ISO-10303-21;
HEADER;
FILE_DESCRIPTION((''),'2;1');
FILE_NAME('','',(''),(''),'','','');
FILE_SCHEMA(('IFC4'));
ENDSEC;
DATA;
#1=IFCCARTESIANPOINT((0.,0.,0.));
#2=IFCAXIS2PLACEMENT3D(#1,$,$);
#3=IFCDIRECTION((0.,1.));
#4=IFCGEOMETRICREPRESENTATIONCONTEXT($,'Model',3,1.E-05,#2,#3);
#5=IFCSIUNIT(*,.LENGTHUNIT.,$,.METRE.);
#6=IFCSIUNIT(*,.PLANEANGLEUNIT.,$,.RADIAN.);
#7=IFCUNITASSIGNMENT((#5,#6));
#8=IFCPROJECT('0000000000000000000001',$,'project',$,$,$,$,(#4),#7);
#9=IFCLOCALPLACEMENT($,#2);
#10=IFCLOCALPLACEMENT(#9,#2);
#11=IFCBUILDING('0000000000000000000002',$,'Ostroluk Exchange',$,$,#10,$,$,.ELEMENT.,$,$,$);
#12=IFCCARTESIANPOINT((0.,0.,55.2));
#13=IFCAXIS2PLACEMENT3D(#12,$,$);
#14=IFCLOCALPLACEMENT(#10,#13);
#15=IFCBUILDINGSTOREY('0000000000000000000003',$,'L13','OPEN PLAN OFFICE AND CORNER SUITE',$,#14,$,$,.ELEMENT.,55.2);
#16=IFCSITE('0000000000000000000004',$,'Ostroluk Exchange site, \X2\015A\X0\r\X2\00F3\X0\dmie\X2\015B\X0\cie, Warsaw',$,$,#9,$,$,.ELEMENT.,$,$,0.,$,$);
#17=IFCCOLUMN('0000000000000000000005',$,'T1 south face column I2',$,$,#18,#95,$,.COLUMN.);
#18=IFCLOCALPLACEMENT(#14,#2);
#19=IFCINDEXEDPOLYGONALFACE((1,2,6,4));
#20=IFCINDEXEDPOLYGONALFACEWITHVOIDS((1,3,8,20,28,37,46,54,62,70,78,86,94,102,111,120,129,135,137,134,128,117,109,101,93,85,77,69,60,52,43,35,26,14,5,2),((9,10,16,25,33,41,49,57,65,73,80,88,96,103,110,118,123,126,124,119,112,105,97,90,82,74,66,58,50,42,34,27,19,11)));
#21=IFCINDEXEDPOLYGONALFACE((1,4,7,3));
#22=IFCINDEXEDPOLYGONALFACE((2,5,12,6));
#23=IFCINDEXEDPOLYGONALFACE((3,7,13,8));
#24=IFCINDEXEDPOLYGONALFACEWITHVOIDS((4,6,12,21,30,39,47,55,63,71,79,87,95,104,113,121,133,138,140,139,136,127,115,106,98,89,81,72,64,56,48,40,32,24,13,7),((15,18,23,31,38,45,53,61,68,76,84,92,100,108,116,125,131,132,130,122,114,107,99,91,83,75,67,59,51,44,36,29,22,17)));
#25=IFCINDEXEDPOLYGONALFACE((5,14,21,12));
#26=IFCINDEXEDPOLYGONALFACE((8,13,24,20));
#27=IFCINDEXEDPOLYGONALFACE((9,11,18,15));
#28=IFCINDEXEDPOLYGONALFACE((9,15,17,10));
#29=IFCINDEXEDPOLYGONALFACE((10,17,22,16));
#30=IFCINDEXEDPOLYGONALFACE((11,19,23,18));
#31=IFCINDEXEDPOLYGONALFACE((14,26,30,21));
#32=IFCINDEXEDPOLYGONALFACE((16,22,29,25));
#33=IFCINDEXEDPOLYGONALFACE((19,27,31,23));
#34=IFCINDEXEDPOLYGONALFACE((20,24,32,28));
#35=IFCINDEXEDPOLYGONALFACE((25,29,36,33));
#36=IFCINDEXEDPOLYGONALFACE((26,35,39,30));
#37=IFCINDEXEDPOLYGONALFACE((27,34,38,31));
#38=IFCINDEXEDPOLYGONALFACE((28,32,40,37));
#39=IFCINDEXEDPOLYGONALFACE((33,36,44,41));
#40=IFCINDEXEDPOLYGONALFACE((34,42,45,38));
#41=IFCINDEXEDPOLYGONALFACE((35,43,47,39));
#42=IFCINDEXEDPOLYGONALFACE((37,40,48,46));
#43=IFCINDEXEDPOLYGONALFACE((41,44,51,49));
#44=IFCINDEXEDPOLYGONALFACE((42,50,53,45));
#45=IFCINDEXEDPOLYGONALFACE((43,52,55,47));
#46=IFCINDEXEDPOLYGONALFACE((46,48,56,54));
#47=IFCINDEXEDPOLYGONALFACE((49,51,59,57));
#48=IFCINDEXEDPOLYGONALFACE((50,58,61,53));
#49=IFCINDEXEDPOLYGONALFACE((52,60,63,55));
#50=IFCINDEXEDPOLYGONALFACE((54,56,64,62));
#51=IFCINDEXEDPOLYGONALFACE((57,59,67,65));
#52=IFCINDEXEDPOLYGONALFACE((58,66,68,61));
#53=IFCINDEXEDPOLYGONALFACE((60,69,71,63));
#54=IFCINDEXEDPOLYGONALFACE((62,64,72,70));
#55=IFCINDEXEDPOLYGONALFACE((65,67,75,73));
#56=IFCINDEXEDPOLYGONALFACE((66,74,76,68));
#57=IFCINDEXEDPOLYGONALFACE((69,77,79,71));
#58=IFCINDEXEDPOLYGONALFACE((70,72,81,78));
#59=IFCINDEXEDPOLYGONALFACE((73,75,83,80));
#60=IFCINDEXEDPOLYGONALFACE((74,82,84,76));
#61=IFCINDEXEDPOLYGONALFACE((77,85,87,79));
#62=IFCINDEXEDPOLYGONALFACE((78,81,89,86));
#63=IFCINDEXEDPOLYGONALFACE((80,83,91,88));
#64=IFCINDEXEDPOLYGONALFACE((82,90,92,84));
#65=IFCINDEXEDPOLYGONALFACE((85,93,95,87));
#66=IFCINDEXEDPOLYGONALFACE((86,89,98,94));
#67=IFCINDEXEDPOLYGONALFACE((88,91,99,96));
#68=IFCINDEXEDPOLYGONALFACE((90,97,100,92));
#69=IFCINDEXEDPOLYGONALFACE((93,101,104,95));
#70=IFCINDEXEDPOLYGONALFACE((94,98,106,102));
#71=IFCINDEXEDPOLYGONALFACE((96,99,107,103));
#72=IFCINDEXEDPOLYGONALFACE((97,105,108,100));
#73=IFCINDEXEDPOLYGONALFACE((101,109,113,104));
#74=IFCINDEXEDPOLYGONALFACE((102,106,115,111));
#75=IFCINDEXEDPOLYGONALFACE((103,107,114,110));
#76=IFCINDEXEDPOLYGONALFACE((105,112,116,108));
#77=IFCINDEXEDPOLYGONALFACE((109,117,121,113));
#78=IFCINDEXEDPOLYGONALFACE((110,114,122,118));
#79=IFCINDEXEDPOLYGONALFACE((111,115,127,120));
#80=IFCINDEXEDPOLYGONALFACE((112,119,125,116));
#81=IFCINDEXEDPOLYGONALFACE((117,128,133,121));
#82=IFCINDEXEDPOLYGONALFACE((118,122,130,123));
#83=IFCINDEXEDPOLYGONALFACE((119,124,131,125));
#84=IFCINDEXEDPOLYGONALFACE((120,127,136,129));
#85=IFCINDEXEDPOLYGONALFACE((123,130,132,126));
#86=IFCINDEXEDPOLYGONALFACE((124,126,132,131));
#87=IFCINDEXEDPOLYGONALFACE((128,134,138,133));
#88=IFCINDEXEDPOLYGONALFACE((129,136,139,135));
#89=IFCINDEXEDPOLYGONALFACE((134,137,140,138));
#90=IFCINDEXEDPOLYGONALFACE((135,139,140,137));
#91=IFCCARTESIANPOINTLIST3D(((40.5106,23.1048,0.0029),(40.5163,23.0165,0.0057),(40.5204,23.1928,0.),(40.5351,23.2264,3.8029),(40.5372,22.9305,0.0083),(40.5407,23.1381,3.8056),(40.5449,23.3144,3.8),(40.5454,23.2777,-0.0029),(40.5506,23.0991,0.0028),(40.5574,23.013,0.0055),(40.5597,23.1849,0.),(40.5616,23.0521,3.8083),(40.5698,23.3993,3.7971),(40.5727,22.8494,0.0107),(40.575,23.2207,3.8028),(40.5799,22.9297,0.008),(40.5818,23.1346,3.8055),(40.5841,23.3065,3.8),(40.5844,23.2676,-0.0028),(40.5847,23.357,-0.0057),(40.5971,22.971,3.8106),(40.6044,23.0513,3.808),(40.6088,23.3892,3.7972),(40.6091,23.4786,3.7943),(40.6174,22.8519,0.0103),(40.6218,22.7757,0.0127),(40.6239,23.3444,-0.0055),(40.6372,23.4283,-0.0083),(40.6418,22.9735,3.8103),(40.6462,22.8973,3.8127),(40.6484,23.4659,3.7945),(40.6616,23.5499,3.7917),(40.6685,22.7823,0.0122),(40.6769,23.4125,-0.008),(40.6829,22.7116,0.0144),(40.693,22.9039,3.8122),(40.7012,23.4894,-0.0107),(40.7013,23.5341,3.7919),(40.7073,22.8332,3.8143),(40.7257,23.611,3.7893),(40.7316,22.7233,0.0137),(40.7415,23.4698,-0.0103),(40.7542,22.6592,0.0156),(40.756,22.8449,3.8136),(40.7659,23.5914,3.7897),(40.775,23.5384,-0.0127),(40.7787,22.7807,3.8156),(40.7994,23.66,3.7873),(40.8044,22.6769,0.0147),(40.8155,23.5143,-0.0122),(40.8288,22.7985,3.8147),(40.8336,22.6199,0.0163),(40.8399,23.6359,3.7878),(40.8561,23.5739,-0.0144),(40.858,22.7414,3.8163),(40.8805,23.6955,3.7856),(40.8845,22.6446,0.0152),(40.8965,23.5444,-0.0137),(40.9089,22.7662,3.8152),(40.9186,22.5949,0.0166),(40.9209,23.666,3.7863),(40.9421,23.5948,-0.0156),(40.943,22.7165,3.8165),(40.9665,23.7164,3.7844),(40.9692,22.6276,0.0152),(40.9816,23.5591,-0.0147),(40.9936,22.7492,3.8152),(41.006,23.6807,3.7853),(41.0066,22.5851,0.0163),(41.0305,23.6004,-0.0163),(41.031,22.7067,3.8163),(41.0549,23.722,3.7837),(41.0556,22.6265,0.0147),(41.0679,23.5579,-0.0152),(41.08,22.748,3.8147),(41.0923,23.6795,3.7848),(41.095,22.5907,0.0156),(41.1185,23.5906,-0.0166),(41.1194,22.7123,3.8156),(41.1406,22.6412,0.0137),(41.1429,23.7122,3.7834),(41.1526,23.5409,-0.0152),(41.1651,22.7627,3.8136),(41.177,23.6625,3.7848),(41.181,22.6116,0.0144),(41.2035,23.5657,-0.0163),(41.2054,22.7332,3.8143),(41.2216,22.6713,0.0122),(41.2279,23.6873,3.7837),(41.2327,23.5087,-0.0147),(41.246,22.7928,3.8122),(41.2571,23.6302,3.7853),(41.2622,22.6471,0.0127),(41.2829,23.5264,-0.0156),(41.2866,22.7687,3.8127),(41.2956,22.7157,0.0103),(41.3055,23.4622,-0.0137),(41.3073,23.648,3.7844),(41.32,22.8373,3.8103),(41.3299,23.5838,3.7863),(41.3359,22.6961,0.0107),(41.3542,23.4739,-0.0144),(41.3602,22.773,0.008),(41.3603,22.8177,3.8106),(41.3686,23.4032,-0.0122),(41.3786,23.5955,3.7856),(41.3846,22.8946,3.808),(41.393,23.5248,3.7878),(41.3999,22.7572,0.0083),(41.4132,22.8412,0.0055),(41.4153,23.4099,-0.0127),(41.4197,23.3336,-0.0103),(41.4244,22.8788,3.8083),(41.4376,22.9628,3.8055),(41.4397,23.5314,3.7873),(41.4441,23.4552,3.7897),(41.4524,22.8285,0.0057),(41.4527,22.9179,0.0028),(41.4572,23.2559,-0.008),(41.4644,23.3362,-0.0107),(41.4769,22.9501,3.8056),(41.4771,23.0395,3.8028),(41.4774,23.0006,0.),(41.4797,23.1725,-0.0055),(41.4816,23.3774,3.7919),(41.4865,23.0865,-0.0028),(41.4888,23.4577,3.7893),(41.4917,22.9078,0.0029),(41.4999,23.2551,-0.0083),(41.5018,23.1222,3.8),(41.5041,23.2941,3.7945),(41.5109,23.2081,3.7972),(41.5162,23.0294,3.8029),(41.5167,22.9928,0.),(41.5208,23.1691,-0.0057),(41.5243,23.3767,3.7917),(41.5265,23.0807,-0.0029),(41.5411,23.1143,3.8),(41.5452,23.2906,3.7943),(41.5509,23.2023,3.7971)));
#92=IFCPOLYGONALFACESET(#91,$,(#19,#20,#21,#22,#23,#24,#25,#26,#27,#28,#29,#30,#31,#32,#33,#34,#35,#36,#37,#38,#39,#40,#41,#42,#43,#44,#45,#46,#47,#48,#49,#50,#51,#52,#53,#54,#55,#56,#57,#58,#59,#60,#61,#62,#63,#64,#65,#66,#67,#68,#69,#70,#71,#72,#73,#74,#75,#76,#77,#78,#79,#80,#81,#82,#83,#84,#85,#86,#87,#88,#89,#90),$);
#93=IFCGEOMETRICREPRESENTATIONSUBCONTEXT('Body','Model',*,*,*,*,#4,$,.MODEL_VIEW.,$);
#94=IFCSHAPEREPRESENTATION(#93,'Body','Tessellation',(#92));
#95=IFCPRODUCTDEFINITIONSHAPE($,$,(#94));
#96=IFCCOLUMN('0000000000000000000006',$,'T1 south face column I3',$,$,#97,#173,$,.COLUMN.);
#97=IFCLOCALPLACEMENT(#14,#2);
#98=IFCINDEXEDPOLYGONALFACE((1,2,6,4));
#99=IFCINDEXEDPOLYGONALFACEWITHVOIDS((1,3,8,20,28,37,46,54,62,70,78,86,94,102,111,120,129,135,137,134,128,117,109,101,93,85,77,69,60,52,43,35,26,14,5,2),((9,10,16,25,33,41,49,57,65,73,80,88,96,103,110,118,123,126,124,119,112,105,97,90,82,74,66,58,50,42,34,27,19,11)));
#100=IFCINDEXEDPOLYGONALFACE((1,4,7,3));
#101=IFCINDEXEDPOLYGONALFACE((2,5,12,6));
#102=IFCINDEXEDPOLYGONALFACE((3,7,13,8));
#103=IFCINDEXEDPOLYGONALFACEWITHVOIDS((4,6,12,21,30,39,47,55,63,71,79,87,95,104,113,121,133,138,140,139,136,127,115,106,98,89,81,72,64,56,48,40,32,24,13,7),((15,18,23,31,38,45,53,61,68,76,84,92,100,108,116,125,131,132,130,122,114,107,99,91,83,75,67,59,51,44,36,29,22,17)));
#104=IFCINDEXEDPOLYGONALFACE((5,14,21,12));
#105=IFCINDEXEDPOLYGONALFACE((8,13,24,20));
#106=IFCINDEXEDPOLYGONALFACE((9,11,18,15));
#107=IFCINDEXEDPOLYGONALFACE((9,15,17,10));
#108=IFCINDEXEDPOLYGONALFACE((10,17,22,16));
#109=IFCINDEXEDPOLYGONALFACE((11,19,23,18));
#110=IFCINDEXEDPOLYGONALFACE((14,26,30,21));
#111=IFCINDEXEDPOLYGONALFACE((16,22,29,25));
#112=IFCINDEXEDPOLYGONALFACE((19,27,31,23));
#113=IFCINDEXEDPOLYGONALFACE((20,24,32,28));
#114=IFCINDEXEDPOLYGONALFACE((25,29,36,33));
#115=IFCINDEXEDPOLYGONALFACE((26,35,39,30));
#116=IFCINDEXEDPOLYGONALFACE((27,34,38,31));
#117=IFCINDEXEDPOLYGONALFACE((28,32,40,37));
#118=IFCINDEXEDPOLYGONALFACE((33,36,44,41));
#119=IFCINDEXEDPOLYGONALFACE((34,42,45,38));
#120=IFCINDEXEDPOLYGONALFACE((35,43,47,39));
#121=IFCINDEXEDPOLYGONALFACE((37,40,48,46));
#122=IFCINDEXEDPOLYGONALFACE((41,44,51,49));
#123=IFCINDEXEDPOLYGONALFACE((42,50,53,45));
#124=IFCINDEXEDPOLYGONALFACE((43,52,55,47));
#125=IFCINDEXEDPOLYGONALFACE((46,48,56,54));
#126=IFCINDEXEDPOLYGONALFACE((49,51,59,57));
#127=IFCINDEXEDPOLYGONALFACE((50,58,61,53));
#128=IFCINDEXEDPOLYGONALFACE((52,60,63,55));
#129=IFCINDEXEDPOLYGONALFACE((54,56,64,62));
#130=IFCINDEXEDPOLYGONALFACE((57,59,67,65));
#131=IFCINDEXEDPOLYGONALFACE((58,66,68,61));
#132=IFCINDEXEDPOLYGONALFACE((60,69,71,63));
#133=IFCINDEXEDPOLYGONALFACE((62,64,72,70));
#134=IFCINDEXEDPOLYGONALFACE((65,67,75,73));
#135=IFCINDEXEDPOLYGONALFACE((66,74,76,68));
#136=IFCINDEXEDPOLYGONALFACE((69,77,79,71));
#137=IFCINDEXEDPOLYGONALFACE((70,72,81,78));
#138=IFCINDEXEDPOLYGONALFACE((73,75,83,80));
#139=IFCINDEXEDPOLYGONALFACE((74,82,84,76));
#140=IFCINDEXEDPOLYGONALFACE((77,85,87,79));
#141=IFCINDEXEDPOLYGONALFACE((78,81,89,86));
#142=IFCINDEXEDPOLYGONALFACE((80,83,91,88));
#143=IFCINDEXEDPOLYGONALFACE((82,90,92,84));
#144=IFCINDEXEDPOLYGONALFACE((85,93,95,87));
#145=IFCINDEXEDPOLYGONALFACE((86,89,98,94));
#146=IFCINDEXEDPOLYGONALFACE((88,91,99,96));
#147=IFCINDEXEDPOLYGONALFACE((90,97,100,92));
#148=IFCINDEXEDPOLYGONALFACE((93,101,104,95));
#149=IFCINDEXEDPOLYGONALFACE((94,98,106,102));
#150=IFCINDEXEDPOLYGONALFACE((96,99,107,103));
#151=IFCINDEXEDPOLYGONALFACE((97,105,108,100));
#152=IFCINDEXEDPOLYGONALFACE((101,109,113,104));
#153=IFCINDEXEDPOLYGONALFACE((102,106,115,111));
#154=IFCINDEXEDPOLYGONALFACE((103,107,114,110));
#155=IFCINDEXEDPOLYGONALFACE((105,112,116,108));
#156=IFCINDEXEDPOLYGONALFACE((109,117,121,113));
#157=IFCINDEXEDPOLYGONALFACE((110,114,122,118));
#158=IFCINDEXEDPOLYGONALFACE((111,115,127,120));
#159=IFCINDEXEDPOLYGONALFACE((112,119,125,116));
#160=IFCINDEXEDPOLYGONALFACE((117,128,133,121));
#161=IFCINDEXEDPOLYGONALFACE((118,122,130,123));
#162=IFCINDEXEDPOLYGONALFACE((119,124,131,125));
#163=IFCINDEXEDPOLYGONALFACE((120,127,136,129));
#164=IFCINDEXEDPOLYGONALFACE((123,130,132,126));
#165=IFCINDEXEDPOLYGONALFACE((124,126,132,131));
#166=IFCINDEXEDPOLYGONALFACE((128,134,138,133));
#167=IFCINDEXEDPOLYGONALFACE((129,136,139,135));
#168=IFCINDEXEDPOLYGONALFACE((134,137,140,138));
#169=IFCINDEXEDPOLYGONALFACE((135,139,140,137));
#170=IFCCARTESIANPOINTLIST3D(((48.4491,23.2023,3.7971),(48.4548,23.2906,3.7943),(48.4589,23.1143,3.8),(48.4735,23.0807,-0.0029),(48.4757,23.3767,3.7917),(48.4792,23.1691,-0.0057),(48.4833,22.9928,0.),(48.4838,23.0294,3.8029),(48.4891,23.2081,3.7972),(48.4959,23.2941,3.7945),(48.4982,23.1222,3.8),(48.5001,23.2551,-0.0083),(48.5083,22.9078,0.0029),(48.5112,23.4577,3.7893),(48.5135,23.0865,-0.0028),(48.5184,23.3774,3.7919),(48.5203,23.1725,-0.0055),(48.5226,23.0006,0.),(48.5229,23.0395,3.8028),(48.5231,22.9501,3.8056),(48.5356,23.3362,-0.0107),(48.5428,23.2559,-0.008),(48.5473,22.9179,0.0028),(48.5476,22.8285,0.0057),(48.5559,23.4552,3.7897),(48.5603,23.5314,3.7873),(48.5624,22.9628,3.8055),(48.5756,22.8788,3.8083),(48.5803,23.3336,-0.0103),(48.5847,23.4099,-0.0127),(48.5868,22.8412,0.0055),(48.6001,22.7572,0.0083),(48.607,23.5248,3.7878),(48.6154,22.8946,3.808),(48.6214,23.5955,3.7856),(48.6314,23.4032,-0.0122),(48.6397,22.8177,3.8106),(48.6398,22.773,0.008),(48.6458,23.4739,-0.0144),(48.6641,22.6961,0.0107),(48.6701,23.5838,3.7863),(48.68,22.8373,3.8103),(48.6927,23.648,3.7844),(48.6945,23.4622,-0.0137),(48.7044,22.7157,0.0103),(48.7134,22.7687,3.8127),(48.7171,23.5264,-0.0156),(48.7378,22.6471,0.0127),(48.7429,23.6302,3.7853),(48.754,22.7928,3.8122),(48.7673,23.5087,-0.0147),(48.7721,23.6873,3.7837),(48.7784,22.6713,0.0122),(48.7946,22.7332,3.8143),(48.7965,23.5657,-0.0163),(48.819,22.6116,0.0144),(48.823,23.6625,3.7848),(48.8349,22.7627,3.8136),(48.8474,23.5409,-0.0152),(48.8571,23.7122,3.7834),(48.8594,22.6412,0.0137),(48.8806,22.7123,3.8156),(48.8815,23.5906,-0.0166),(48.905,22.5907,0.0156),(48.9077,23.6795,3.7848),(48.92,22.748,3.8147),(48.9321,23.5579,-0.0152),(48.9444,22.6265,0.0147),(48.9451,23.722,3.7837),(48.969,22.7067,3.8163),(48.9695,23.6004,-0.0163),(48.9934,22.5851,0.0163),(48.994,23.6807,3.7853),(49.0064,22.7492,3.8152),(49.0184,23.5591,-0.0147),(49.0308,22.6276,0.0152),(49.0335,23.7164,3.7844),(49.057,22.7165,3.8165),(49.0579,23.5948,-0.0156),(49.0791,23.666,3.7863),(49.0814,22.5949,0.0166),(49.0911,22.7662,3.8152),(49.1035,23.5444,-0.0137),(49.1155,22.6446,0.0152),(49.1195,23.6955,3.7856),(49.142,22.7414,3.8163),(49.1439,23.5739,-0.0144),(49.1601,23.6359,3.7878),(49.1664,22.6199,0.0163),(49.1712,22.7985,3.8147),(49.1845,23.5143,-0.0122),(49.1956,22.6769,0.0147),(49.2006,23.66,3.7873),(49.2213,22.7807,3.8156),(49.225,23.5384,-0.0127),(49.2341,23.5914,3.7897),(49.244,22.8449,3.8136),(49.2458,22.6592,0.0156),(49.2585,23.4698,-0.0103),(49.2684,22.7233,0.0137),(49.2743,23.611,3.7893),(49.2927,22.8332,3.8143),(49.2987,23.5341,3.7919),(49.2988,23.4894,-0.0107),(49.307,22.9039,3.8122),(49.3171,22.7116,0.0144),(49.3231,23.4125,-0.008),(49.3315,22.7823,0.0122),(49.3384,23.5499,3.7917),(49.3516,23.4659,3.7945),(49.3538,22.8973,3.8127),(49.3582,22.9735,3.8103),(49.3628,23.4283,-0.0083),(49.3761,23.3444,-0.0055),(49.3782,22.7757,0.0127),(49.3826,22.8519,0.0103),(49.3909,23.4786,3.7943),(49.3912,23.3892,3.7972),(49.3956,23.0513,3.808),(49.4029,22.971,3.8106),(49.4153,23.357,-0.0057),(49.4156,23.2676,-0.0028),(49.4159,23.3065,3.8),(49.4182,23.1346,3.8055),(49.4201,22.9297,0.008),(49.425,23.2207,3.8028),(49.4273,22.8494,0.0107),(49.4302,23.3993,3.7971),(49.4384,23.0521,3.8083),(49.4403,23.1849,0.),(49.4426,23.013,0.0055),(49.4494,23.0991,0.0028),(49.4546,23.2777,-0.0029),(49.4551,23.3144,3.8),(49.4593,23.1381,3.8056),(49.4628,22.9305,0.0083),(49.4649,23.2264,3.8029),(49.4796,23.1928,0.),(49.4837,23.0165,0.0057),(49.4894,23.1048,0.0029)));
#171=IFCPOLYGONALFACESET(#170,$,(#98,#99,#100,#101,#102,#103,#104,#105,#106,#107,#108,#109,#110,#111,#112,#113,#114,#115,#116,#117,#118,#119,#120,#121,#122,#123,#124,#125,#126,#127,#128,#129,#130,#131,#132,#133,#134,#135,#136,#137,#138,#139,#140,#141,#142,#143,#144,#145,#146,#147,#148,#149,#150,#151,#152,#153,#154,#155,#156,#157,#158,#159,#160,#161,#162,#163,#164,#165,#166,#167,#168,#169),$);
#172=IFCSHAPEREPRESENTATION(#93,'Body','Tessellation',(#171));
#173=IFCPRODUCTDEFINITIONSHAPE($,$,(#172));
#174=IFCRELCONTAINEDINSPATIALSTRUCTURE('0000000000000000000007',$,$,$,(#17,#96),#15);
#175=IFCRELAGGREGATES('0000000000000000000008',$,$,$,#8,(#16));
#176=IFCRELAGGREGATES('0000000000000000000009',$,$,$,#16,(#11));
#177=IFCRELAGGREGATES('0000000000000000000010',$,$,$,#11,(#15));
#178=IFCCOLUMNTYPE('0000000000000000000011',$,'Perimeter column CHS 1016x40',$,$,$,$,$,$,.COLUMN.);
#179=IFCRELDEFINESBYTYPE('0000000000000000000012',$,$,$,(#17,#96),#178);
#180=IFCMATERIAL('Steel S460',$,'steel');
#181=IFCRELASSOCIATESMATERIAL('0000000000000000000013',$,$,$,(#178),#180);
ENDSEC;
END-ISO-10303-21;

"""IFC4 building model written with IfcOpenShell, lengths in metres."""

from ifc_helpers import new_model, si_unit, direction, frame, origin, origin_2d, place, context, subcontext, project, spatial, hollow_circle, extrude, material, material_profile, profile_set, type_object, element, save


model = new_model("IFC4")

# Units and contexts
model_context = context("Model", 3, precision=1e-05, world=origin(), true_north=direction((0.0, 1.0)))
body_context = subcontext(model_context, "Body", "Model", "MODEL_VIEW")
ifc_project = project(units=[si_unit("LENGTHUNIT", "METRE"), si_unit("PLANEANGLEUNIT", "RADIAN")], contexts=[model_context])

# Site, building, storey
site_placement = place(None, origin())
site = spatial("IfcSite", under=ifc_project, at=site_placement, Name="Ostroluk Exchange site, Śródmieście, Warsaw", CompositionType="ELEMENT", RefElevation=0.0)
building_placement = place(site_placement, origin())
building = spatial("IfcBuilding", under=site, at=building_placement, Name="Ostroluk Exchange", CompositionType="ELEMENT")
storey_placement = place(building_placement, frame((0.0, 0.0, 55.2)))
storey = spatial("IfcBuildingStorey", under=building, at=storey_placement, Name="L13", Description="OPEN PLAN OFFICE AND CORNER SUITE", CompositionType="ELEMENT", Elevation=55.2)

# Columns
ifc_material_1 = material(Name="Steel S460", Category="steel")
ifc_material_profile_1 = material_profile(ifc_material_1, hollow_circle(Radius=0.5081, WallThickness=0.04, at=origin_2d()), Name="CHS 1016x40")
ifc_profile_set_1 = profile_set([ifc_material_profile_1], Name="Steel S460")
column_type = type_object("IfcColumnType", Name="Perimeter column CHS 1016x40", PredefinedType="COLUMN", material=ifc_profile_set_1)
for number, where, z_axis, x_axis, name in (
    (1, (41.0186, 23.0928, 0.0), (0.006421, 0.031978, 0.999468), (-0.980429, 0.196873, 0.0), "T1 south face column I2"),
    (2, (48.9814, 23.0928, 0.0), (-0.006421, 0.031978, 0.999468), (-0.980429, -0.196873, 0.0), "T1 south face column I3"),
):
    element("IfcColumn", number, at=place(storey_placement, frame(where, z_axis=z_axis, x_axis=x_axis)), inside=storey, type_object=column_type, Name=name, PredefinedType="COLUMN", context=body_context, shape_type="SweptSolid", body=[
        extrude(hollow_circle(Radius=0.5081, WallThickness=0.04, at=origin_2d()), origin(), (0.0, 0.0, 1.0), 3.802),
    ])

save(model, "model.ifc")
